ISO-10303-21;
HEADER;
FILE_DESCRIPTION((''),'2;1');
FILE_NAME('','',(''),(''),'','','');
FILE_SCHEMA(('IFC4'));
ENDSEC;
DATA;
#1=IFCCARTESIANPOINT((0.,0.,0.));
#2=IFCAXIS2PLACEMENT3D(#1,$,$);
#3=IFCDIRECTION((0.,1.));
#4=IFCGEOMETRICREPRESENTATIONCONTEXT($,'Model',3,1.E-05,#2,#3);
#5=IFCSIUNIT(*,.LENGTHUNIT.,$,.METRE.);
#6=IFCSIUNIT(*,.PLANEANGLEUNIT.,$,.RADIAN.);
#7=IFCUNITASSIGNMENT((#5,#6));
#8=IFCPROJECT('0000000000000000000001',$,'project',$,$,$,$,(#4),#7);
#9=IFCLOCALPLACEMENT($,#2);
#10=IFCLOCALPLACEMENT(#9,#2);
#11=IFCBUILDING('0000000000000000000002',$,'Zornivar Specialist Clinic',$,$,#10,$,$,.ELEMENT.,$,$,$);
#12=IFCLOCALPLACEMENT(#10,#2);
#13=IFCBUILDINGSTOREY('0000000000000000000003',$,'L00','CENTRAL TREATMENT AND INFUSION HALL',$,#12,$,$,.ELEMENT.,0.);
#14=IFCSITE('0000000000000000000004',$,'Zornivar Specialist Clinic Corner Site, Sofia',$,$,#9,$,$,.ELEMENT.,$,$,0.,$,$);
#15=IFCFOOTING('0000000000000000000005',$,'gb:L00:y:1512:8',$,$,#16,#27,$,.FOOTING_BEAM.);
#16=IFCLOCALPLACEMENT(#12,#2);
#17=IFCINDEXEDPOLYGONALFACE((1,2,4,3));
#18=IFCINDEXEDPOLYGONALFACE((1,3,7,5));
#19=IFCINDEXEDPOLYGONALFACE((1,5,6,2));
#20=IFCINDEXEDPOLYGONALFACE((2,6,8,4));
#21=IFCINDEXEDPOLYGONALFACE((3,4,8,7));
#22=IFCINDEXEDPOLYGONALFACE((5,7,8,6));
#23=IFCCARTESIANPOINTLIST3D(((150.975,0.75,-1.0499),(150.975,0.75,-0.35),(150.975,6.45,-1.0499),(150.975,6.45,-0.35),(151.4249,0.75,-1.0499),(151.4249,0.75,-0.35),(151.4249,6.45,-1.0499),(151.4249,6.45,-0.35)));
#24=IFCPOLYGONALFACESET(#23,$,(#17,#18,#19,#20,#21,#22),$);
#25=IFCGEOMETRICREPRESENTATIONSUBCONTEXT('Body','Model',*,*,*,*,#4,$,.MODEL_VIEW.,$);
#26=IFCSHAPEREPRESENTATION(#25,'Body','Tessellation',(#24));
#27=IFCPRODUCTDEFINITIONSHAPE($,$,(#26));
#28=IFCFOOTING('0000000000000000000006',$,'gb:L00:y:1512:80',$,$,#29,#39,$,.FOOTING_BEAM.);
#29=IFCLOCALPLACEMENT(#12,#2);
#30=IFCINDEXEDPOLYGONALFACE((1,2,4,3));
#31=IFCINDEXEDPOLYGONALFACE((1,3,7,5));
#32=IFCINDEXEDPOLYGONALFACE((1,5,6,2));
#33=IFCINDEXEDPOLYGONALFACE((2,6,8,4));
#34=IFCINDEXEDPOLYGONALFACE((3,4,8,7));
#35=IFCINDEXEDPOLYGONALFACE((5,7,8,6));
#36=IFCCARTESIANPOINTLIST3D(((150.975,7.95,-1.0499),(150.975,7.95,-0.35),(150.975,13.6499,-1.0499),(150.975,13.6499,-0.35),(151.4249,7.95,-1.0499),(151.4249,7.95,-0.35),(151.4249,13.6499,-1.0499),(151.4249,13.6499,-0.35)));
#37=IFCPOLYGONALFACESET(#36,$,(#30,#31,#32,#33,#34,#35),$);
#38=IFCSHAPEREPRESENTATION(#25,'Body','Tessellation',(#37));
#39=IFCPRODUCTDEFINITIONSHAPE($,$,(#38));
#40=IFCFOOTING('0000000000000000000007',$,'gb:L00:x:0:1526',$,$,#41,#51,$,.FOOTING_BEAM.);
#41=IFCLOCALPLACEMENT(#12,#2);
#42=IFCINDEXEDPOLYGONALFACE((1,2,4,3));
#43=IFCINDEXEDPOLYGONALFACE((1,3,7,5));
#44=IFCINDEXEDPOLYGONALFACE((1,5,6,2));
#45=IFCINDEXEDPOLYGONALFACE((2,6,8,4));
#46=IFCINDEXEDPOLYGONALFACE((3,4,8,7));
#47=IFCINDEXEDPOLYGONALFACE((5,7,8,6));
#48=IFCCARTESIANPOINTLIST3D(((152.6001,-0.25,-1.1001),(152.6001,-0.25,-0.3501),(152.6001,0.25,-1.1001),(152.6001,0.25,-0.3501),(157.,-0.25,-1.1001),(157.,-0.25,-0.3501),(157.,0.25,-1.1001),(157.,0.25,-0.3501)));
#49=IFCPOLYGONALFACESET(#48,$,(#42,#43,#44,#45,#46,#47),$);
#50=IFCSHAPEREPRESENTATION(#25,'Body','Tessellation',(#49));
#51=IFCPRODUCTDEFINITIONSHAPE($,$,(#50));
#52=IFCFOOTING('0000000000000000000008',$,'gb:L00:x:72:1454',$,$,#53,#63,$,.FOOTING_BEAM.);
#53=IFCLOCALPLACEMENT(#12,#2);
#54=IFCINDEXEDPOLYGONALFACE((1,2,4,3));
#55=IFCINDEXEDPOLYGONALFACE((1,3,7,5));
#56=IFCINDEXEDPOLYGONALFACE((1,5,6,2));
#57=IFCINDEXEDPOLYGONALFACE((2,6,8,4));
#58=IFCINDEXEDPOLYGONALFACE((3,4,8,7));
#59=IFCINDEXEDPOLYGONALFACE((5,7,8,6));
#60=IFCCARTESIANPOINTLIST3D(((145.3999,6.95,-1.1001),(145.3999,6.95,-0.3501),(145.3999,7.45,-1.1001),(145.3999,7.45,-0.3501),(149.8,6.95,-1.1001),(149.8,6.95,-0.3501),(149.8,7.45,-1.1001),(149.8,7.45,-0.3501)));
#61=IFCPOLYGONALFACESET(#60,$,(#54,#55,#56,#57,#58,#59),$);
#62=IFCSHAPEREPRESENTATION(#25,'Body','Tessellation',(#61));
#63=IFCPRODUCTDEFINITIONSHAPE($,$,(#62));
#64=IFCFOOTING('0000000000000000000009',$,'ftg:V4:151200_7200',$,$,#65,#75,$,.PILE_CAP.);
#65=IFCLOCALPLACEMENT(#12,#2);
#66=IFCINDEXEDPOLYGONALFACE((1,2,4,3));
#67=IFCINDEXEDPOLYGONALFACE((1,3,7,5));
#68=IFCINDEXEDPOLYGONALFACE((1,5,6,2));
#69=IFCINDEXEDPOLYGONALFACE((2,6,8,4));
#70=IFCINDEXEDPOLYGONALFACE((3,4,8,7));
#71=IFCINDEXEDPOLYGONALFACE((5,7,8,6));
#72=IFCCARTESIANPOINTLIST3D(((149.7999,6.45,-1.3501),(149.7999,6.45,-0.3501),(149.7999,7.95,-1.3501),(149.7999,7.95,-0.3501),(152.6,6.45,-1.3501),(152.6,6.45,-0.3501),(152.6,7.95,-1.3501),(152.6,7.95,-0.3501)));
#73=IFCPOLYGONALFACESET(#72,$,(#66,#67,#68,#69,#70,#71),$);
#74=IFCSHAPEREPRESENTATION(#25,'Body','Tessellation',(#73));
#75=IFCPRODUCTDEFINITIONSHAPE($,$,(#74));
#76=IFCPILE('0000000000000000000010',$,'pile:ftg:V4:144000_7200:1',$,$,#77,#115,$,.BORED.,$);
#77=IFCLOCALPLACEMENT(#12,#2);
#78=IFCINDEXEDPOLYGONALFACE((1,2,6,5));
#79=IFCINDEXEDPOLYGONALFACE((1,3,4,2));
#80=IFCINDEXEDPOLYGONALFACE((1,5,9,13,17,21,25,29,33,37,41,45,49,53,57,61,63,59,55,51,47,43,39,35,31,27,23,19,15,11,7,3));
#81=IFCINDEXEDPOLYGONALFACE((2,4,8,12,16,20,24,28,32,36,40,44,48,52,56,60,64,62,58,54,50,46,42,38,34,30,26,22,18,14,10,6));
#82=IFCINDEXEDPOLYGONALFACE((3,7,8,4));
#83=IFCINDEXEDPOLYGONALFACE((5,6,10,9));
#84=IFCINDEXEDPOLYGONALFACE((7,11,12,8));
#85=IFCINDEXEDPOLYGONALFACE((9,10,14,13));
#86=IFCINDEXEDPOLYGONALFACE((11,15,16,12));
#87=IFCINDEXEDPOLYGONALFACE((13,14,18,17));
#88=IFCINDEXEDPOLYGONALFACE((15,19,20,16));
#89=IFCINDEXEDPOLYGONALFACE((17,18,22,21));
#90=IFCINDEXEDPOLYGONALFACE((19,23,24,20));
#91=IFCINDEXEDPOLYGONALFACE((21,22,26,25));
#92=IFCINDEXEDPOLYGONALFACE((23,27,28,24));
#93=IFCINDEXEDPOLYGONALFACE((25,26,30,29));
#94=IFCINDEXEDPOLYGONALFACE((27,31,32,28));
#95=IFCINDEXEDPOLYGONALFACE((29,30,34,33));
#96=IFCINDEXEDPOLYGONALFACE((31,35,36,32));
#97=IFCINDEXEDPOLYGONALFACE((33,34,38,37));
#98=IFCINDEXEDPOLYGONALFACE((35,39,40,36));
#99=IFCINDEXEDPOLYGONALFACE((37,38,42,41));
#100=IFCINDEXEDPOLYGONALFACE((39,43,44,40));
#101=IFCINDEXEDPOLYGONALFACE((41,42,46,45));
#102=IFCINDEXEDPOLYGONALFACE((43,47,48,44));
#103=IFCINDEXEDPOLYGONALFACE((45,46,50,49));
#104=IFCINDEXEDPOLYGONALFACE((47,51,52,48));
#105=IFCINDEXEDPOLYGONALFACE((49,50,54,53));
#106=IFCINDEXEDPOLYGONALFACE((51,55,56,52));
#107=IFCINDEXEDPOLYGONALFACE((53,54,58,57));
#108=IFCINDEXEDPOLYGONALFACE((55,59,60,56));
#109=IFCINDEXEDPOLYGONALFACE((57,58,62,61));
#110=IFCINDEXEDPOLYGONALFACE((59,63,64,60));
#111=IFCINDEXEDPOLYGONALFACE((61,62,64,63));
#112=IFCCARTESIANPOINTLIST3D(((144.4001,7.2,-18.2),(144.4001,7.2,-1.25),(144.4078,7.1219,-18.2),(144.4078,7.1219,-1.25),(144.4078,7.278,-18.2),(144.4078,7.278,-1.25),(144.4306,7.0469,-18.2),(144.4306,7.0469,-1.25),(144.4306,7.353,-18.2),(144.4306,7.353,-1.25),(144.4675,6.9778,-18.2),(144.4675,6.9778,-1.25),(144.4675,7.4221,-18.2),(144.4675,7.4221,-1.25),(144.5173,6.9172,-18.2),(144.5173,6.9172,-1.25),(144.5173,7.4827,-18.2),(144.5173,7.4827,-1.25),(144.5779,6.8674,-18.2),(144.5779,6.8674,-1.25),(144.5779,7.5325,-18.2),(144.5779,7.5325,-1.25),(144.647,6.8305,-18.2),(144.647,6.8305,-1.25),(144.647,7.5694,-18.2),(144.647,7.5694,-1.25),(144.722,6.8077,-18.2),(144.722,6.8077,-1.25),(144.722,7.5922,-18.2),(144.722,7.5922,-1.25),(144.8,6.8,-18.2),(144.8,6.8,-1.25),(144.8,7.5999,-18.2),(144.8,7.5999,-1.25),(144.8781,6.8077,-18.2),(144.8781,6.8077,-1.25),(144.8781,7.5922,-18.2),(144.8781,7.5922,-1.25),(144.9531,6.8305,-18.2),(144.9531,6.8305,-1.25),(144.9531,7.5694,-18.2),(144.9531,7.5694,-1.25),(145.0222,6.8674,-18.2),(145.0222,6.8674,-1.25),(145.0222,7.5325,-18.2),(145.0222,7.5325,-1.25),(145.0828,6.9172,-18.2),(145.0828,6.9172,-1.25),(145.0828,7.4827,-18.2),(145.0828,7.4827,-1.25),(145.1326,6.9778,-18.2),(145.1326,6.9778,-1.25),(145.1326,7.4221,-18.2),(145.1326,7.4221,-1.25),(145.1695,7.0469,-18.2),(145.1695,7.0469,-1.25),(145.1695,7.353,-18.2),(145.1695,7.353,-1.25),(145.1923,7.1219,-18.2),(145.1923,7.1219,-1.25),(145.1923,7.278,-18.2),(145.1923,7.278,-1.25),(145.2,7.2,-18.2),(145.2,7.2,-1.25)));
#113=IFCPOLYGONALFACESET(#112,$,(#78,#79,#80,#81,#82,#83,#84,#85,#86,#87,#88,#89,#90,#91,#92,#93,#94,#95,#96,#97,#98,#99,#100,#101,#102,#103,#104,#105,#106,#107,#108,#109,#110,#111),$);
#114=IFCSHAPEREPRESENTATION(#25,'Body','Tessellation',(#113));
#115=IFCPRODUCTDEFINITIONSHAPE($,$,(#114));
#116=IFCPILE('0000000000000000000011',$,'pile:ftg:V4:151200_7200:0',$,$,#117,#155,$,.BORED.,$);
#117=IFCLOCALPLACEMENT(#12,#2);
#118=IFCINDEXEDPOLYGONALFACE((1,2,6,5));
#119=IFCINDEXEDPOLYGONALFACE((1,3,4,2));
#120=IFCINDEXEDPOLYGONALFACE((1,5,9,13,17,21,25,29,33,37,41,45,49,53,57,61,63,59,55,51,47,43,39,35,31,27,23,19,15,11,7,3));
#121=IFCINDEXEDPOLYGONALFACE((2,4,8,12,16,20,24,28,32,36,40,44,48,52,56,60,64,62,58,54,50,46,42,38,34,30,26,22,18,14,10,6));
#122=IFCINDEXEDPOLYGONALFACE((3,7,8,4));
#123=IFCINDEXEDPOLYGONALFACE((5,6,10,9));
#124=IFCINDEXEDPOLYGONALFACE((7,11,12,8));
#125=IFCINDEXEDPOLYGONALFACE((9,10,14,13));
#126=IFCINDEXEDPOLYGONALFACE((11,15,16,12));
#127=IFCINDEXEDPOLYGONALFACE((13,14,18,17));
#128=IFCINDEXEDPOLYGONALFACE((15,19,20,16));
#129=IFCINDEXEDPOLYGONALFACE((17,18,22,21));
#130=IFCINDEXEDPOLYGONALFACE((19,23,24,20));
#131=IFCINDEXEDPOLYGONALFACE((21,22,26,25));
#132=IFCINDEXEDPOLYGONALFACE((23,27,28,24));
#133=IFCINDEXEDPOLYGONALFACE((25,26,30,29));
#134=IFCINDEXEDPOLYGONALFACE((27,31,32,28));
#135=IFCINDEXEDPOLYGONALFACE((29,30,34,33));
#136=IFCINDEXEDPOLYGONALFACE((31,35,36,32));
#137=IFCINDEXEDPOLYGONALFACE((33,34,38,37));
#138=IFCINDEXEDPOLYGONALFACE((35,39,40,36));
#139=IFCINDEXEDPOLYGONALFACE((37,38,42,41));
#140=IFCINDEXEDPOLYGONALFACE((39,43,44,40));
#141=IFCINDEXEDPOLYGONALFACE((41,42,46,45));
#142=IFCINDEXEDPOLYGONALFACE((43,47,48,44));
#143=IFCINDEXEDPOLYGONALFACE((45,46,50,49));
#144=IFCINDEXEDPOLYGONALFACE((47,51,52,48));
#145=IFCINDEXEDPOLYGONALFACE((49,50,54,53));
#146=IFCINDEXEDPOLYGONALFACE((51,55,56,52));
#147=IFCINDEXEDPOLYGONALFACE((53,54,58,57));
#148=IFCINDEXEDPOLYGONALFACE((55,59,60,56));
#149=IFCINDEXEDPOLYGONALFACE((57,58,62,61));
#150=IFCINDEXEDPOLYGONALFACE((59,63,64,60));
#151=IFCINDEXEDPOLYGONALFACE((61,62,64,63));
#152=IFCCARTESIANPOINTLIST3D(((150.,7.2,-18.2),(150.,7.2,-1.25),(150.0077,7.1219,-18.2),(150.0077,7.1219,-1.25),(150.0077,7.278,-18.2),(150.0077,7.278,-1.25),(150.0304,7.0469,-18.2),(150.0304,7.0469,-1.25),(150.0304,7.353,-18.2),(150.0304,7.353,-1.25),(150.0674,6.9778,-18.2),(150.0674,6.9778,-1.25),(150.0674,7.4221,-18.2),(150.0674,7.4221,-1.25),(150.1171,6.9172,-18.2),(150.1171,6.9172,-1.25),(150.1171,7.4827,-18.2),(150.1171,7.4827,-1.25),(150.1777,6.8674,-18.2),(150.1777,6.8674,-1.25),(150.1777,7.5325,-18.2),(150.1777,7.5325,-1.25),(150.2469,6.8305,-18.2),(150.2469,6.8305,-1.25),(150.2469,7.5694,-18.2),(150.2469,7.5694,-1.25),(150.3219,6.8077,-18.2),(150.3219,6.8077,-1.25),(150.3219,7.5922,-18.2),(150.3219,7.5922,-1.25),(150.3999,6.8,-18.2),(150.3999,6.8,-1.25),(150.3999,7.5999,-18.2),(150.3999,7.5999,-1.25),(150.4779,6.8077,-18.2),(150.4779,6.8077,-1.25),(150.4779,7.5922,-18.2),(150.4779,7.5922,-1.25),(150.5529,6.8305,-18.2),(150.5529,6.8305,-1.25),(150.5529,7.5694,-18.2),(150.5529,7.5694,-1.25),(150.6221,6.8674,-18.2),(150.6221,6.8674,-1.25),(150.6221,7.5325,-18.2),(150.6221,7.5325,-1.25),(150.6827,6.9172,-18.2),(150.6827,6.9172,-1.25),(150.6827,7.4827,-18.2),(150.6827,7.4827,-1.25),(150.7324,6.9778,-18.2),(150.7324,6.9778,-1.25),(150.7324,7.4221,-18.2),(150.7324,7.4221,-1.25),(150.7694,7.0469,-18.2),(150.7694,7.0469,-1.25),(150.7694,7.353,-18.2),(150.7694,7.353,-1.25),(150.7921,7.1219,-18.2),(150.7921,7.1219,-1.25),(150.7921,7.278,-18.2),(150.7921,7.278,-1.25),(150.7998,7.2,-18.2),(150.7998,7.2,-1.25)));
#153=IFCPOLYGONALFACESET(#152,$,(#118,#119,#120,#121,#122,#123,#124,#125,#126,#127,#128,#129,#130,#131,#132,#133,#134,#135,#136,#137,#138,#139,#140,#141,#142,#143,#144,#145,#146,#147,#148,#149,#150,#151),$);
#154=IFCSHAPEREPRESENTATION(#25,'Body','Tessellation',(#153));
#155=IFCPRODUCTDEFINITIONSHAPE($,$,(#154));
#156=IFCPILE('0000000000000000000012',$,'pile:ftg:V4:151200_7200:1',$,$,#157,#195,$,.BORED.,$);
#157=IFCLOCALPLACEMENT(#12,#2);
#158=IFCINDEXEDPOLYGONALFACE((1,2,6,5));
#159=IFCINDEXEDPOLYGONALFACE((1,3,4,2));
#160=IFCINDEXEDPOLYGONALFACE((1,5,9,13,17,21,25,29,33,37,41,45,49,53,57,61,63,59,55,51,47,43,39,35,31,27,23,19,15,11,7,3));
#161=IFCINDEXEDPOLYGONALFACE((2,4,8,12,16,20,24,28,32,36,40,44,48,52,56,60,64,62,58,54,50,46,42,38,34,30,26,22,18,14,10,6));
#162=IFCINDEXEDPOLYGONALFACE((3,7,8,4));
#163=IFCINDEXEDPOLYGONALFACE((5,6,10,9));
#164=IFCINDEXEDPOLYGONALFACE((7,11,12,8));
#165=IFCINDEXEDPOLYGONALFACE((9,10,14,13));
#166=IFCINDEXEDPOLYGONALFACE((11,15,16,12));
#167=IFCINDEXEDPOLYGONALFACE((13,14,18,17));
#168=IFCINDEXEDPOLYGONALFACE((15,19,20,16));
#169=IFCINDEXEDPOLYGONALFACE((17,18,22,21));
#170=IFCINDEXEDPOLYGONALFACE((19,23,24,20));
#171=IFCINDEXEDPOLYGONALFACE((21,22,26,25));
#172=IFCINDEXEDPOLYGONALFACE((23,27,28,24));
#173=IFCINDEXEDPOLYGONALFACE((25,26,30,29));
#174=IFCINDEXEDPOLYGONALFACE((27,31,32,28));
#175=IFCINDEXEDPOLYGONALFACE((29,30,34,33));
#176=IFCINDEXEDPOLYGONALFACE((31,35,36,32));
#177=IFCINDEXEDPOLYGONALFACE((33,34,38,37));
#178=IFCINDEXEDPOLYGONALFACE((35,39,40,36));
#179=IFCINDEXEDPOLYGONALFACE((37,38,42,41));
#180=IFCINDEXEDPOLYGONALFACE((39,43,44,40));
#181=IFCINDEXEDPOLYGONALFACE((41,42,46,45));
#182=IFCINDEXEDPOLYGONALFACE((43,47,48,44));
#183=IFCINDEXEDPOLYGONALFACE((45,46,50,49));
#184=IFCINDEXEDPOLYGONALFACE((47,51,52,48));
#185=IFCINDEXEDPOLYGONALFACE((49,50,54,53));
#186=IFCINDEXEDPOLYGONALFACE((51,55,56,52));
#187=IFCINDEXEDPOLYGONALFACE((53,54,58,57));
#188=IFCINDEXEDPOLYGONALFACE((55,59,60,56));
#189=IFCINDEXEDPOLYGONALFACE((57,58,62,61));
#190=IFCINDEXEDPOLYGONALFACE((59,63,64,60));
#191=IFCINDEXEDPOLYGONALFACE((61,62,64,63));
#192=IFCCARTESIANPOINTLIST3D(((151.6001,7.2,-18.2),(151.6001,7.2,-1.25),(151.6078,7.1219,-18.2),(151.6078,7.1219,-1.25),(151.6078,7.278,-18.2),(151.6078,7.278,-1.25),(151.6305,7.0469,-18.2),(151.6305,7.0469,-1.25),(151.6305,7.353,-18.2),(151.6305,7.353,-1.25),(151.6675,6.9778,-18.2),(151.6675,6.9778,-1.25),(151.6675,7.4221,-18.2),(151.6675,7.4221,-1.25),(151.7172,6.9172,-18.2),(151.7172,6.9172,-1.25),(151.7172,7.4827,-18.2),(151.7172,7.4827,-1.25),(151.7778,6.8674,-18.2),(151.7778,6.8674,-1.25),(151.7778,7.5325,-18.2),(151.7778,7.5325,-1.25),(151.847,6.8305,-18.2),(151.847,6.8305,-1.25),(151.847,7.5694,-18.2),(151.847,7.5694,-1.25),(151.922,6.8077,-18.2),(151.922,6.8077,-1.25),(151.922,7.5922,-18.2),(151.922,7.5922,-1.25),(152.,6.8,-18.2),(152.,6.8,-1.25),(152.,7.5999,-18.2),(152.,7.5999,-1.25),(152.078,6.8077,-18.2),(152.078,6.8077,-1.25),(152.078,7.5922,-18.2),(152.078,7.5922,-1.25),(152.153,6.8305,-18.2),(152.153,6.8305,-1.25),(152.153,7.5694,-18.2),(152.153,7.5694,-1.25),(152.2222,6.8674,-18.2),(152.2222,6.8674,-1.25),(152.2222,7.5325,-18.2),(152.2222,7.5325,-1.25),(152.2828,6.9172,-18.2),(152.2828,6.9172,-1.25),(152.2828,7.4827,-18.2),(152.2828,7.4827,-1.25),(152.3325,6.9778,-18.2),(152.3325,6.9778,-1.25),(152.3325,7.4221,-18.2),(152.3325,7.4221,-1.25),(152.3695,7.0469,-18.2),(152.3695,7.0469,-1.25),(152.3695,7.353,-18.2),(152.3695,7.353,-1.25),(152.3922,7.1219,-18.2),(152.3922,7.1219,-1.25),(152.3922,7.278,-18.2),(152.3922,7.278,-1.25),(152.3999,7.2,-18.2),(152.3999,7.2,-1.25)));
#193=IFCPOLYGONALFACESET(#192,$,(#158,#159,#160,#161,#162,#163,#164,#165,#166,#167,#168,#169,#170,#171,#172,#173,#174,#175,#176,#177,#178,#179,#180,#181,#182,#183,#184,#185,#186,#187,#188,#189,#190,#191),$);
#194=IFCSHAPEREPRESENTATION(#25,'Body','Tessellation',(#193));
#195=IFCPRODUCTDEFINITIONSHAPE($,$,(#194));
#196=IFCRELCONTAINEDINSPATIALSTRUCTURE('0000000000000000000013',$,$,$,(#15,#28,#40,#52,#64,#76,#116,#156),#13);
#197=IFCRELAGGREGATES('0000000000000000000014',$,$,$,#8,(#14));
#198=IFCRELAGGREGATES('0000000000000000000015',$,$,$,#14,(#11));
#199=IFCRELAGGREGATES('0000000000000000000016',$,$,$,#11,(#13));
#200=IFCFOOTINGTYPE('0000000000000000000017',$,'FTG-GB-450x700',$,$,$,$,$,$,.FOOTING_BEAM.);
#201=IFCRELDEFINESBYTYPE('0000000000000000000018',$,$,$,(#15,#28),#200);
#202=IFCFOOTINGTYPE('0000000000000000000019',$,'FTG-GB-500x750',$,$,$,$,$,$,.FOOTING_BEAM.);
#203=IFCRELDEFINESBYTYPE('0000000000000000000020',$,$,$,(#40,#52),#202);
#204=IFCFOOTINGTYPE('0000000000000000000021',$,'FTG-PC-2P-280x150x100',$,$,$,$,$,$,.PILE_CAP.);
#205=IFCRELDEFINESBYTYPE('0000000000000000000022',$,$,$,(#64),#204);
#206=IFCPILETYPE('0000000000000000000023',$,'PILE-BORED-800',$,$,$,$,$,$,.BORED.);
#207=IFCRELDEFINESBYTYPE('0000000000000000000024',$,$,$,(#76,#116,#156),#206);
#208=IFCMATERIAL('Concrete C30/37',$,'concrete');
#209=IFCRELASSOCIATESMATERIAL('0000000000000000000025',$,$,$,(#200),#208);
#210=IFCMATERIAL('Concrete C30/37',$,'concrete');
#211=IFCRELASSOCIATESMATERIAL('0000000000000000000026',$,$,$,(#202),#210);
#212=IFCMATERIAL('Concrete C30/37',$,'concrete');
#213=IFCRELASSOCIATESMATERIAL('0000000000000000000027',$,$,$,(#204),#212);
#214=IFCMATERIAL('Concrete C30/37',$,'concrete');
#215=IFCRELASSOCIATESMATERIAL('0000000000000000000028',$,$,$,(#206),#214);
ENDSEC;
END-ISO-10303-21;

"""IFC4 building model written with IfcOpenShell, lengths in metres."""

from ifc_helpers import new_model, si_unit, direction, frame, origin, origin_2d, place, context, subcontext, project, spatial, rectangle, circle, extrude, material, material_profile, profile_set, type_object, element, save


model = new_model("IFC4")

# Units and contexts
model_context = context("Model", 3, precision=1e-05, world=origin(), true_north=direction((0.0, 1.0)))
body_context = subcontext(model_context, "Body", "Model", "MODEL_VIEW")
ifc_project = project(units=[si_unit("LENGTHUNIT", "METRE"), si_unit("PLANEANGLEUNIT", "RADIAN")], contexts=[model_context])

# Site, building, storey
site_placement = place(None, origin())
site = spatial("IfcSite", under=ifc_project, at=site_placement, Name="Zornivar Specialist Clinic Corner Site, Sofia", CompositionType="ELEMENT", RefElevation=0.0)
building_placement = place(site_placement, origin())
building = spatial("IfcBuilding", under=site, at=building_placement, Name="Zornivar Specialist Clinic", CompositionType="ELEMENT")
storey_placement = place(building_placement, origin())
storey = spatial("IfcBuildingStorey", under=building, at=storey_placement, Name="L00", Description="CENTRAL TREATMENT AND INFUSION HALL", CompositionType="ELEMENT", Elevation=0.0)

# Footings
ifc_material_1 = material(Name="Concrete C30/37", Category="concrete")
ifc_material_profile_1 = material_profile(ifc_material_1, rectangle(XDim=0.45, YDim=0.7, at=origin_2d()), Name="RC 450x700")
ifc_profile_set_1 = profile_set([ifc_material_profile_1], Name="Concrete C30/37")
footing_type_1 = type_object("IfcFootingType", Name="FTG-GB-450x700", PredefinedType="FOOTING_BEAM", material=ifc_profile_set_1)
for number, where, z_axis, x_axis, name in (
    (1, (151.2, 0.75, -0.7), (0.0, 1.0, 0.0), (-1.0, 0.0, 0.0), "gb:L00:y:1512:8"),
    (2, (151.2, 7.95, -0.7), (0.0, 1.0, 0.0), (-1.0, 0.0, 0.0), "gb:L00:y:1512:80"),
):
    element("IfcFooting", number, at=place(storey_placement, frame(where, z_axis=z_axis, x_axis=x_axis)), inside=storey, type_object=footing_type_1, Name=name, PredefinedType="FOOTING_BEAM", context=body_context, shape_type="SweptSolid", body=[
        extrude(rectangle(XDim=0.45, YDim=0.7, at=origin_2d()), origin(), (0.0, 0.0, 1.0), 5.7),
    ])
ifc_material_2 = material(Name="Concrete C30/37", Category="concrete")
ifc_material_profile_2 = material_profile(ifc_material_2, rectangle(XDim=0.5, YDim=0.75, at=origin_2d()), Name="RC 500x750")
ifc_profile_set_2 = profile_set([ifc_material_profile_2], Name="Concrete C30/37")
footing_type_2 = type_object("IfcFootingType", Name="FTG-GB-500x750", PredefinedType="FOOTING_BEAM", material=ifc_profile_set_2)
footing_1_placement = place(storey_placement, frame((152.6001, 0.0, -0.7251), z_axis=(1.0, 0.0, 0.0), x_axis=(0.0, 1.0, 0.0)))
element("IfcFooting", 3, at=footing_1_placement, inside=storey, type_object=footing_type_2, Name="gb:L00:x:0:1526", PredefinedType="FOOTING_BEAM", context=body_context, shape_type="SweptSolid", body=[
    extrude(rectangle(XDim=0.5, YDim=0.75, at=origin_2d()), origin(), (0.0, 0.0, 1.0), 4.3999),
])
footing_2_placement = place(storey_placement, frame((145.3999, 7.2, -0.7251), z_axis=(1.0, 0.0, 0.0), x_axis=(0.0, 1.0, 0.0)))
element("IfcFooting", 4, at=footing_2_placement, inside=storey, type_object=footing_type_2, Name="gb:L00:x:72:1454", PredefinedType="FOOTING_BEAM", context=body_context, shape_type="SweptSolid", body=[
    extrude(rectangle(XDim=0.5, YDim=0.75, at=origin_2d()), origin(), (0.0, 0.0, 1.0), 4.4001),
])
ifc_material_3 = material(Name="Concrete C30/37", Category="concrete")
footing_type_3 = type_object("IfcFootingType", Name="FTG-PC-2P-280x150x100", PredefinedType="PILE_CAP", material=ifc_material_3)
footing_3_placement = place(storey_placement, frame((151.2, 7.2, -1.3501), z_axis=(0.0, 0.0, 1.0), x_axis=(1.0, 0.0, 0.0)))
element("IfcFooting", 5, at=footing_3_placement, inside=storey, type_object=footing_type_3, Name="ftg:V4:151200_7200", PredefinedType="PILE_CAP", context=body_context, shape_type="SweptSolid", body=[
    extrude(rectangle(XDim=2.8, YDim=1.5, at=origin_2d()), origin(), (0.0, 0.0, 1.0), 1.0),
])

# Piles
ifc_material_4 = material(Name="Concrete C30/37", Category="concrete")
ifc_material_profile_3 = material_profile(ifc_material_4, circle(Radius=0.3999, at=origin_2d()), Name="PILE D800")
ifc_profile_set_3 = profile_set([ifc_material_profile_3], Name="Concrete C30/37")
pile_type = type_object("IfcPileType", Name="PILE-BORED-800", PredefinedType="BORED", material=ifc_profile_set_3)
for number, where, z_axis, x_axis, name in (
    (6, (144.8, 7.2, -1.25), (0.0, 0.0, -1.0), (1.0, 0.0, 0.0), "pile:ftg:V4:144000_7200:1"),
    (7, (150.3999, 7.2, -1.25), (0.0, 0.0, -1.0), (1.0, 0.0, 0.0), "pile:ftg:V4:151200_7200:0"),
    (8, (152.0, 7.2, -1.25), (0.0, 0.0, -1.0), (1.0, 0.0, 0.0), "pile:ftg:V4:151200_7200:1"),
):
    element("IfcPile", number, at=place(storey_placement, frame(where, z_axis=z_axis, x_axis=x_axis)), inside=storey, type_object=pile_type, Name=name, PredefinedType="BORED", context=body_context, shape_type="SweptSolid", body=[
        extrude(circle(Radius=0.3999, at=origin_2d()), origin(), (0.0, 0.0, 1.0), 16.95),
    ])

save(model, "model.ifc")
